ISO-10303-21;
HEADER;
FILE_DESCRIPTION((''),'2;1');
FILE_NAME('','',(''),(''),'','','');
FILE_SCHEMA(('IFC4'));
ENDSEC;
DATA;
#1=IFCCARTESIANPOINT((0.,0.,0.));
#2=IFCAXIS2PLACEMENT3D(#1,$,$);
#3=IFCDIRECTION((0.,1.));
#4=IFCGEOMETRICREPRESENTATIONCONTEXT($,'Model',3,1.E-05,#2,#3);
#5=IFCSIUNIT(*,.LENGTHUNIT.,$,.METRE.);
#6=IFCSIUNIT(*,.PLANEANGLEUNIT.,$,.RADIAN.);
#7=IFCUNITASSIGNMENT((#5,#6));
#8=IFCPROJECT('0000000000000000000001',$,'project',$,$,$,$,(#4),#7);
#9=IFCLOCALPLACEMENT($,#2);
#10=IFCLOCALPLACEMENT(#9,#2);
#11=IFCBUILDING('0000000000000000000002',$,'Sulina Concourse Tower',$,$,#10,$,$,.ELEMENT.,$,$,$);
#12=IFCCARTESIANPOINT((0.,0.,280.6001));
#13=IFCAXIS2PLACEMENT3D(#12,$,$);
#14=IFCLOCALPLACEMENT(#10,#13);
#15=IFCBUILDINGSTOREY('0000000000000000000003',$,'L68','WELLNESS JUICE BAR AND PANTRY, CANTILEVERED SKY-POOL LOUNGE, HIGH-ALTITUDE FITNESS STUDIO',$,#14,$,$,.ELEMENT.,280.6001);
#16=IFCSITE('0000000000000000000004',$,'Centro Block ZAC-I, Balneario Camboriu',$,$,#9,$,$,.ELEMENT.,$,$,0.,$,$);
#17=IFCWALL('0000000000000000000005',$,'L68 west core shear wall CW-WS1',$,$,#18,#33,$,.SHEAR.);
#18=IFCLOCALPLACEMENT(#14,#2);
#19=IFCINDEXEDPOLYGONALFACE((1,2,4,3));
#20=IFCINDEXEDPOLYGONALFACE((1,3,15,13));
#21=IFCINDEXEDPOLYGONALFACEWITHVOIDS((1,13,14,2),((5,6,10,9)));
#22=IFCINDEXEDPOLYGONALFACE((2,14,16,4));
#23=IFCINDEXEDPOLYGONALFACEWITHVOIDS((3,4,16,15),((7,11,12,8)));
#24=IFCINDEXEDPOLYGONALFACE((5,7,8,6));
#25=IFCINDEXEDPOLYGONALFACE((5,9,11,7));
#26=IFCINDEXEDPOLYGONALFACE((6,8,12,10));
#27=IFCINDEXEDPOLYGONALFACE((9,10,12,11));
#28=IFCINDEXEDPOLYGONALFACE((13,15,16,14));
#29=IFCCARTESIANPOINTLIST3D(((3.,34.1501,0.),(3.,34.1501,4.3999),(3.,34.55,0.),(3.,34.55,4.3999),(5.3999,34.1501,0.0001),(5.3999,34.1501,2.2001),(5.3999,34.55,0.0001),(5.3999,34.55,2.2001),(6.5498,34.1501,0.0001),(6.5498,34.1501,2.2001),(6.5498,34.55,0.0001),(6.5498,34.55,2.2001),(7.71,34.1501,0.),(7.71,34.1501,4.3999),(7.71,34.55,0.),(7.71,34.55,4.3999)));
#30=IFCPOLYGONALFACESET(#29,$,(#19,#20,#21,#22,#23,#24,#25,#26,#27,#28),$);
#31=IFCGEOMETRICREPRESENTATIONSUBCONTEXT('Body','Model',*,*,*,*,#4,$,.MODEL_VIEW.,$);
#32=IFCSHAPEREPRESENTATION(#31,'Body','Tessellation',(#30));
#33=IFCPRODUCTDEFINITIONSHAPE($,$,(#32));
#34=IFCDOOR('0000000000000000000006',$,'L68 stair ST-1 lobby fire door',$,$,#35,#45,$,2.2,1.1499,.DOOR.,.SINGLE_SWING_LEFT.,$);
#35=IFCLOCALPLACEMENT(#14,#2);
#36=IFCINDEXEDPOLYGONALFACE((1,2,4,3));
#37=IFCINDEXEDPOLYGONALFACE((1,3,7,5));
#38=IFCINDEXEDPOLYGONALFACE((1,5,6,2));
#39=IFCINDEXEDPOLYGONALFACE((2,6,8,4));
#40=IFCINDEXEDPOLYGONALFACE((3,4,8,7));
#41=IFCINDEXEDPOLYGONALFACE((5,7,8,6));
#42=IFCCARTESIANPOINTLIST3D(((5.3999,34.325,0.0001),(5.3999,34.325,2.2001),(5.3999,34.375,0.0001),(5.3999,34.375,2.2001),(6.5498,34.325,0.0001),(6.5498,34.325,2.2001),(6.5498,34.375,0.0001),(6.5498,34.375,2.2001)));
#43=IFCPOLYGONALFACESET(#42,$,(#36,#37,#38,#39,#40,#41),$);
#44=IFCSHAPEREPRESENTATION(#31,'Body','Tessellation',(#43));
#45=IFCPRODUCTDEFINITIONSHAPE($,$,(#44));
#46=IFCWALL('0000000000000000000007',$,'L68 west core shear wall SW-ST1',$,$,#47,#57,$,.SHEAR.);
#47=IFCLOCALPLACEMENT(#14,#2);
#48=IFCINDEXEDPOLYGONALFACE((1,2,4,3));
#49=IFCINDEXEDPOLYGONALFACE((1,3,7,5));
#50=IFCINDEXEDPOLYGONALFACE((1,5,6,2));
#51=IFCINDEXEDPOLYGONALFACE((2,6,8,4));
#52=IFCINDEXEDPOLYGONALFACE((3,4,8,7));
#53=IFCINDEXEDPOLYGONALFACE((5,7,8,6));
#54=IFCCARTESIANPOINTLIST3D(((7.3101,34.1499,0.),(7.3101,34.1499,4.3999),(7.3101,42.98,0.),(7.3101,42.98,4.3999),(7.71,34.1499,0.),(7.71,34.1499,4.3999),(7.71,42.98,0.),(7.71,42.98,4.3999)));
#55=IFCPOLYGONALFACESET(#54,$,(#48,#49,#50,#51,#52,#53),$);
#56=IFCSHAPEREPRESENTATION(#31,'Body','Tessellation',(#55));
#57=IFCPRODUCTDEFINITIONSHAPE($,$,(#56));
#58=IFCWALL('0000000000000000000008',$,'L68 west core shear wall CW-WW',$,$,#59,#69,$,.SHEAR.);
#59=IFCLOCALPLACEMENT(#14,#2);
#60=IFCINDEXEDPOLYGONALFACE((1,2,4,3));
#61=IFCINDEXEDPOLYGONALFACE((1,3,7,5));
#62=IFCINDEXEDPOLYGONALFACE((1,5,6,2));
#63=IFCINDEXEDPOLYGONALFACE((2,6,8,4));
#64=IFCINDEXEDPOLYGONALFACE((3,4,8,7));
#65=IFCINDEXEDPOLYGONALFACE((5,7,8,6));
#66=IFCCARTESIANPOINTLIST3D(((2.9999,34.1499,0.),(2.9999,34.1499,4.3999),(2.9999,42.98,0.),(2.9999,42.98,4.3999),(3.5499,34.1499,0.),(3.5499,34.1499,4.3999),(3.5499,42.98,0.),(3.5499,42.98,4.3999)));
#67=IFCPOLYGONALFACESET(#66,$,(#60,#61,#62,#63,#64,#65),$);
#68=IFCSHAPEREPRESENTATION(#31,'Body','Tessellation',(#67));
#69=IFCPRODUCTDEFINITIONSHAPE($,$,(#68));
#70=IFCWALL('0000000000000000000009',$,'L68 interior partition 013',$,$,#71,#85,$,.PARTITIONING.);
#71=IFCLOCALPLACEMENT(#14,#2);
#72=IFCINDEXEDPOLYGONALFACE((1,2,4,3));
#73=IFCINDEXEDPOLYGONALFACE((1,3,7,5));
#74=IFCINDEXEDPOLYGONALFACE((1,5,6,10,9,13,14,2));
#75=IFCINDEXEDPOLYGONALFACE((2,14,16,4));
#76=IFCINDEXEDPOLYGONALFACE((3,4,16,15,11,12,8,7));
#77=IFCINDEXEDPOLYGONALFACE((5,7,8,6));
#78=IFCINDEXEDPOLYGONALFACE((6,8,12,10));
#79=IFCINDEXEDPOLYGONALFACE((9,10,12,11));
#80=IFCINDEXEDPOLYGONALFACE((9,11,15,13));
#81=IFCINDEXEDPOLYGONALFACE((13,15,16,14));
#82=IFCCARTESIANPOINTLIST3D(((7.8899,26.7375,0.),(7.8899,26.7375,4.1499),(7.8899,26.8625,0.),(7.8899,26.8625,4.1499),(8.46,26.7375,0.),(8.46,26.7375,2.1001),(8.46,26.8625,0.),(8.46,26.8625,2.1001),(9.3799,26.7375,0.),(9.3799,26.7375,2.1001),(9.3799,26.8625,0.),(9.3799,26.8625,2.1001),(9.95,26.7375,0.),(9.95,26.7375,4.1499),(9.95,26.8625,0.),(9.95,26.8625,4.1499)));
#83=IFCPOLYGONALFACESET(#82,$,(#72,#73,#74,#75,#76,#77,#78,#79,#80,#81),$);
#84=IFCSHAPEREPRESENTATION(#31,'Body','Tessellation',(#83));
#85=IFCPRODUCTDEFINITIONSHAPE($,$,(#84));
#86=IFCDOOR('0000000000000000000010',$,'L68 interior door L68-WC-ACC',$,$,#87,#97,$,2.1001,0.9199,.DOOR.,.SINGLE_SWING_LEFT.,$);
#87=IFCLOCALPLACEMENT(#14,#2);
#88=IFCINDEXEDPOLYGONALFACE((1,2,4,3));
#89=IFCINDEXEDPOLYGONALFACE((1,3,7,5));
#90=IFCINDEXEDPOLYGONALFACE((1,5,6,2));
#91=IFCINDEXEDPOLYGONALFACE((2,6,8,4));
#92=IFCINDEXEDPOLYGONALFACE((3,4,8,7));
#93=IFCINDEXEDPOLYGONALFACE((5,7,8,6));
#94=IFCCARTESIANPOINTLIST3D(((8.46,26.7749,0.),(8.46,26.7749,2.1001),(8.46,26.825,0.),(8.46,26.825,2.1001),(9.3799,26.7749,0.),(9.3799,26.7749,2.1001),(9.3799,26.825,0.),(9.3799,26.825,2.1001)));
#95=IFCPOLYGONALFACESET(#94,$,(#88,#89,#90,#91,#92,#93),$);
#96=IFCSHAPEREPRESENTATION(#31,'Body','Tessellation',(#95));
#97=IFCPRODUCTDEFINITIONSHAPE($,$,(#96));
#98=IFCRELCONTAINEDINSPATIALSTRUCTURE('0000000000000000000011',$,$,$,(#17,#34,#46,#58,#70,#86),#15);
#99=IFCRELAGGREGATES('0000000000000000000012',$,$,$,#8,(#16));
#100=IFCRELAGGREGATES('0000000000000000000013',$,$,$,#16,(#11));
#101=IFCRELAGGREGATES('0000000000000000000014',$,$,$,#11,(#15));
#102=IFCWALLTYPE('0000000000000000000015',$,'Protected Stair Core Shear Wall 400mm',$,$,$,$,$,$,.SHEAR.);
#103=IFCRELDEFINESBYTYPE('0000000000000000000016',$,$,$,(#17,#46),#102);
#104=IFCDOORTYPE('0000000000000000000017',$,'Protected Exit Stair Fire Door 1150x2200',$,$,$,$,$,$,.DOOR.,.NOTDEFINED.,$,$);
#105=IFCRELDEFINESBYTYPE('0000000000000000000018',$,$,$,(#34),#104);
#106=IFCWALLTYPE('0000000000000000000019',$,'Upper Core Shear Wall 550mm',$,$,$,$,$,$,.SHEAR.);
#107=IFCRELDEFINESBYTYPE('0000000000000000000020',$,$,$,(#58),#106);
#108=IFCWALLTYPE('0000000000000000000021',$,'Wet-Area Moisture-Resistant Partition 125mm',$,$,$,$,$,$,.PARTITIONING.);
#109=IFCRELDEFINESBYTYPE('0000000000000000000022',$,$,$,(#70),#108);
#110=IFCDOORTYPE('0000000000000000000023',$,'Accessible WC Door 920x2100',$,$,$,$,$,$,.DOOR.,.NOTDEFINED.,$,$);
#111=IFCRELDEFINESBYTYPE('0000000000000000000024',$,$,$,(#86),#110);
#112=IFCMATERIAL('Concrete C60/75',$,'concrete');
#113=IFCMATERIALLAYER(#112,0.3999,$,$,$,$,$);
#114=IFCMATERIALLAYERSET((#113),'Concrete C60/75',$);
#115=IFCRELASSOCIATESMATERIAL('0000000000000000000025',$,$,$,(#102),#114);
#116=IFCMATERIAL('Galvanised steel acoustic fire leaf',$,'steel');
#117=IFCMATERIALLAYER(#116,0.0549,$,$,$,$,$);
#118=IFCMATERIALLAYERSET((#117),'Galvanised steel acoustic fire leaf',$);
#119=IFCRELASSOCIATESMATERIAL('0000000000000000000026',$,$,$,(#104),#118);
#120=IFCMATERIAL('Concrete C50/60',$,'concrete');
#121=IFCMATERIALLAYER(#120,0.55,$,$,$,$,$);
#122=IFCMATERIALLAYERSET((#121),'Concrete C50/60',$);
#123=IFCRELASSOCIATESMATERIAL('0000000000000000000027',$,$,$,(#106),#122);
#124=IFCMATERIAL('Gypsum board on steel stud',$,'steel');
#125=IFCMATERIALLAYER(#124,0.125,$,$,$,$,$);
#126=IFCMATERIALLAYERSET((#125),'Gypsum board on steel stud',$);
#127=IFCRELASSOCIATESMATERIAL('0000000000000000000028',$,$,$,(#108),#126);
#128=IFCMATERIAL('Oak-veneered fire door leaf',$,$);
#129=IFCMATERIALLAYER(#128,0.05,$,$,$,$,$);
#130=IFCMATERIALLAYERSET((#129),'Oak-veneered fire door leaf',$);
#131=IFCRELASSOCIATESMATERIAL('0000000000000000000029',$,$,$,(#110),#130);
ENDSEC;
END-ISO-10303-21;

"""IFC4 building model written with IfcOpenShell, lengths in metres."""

from ifc_helpers import new_model, si_unit, direction, frame, frame_2d, origin, place, context, subcontext, project, spatial, rectangle, extrude, material, layer, layer_set, type_object, element, fill, save


model = new_model("IFC4")

# Units and contexts
model_context = context("Model", 3, precision=1e-05, world=origin(), true_north=direction((0.0, 1.0)))
body_context = subcontext(model_context, "Body", "Model", "MODEL_VIEW")
ifc_project = project(units=[si_unit("LENGTHUNIT", "METRE"), si_unit("PLANEANGLEUNIT", "RADIAN")], contexts=[model_context])

# Site, building, storey
site_placement = place(None, origin())
site = spatial("IfcSite", under=ifc_project, at=site_placement, Name="Centro Block ZAC-I, Balneario Camboriu", CompositionType="ELEMENT", RefElevation=0.0)
building_placement = place(site_placement, origin())
building = spatial("IfcBuilding", under=site, at=building_placement, Name="Sulina Concourse Tower", CompositionType="ELEMENT")
storey_placement = place(building_placement, frame((0.0, 0.0, 280.6001)))
storey = spatial("IfcBuildingStorey", under=building, at=storey_placement, Name="L68", Description="WELLNESS JUICE BAR AND PANTRY, CANTILEVERED SKY-POOL LOUNGE, HIGH-ALTITUDE FITNESS STUDIO", CompositionType="ELEMENT", Elevation=280.6001)

# Wall, opening, door
ifc_material_1 = material(Name="Concrete C60/75", Category="concrete")
ifc_layer_1 = layer(ifc_material_1, 0.3999)
ifc_layer_set_1 = layer_set([ifc_layer_1], Name="Concrete C60/75")
wall_type_1 = type_object("IfcWallType", Name="Protected Stair Core Shear Wall 400mm", PredefinedType="SHEAR", material=ifc_layer_set_1)
wall_1_placement = place(storey_placement, frame((3.0, 34.3501, 0.0), z_axis=(0.0, 0.0, 1.0), x_axis=(1.0, 0.0, 0.0)))
wall_1 = element("IfcWall", 1, at=wall_1_placement, inside=storey, type_object=wall_type_1, Name="L68 west core shear wall CW-WS1", PredefinedType="SHEAR", context=body_context, shape_type="SweptSolid", body=[
    extrude(rectangle(XDim=4.71, YDim=0.3999, at=frame_2d((2.355, 0.0))), origin(), (0.0, 0.0, 1.0), 4.3999),
])
opening_1_placement = place(wall_1_placement, frame((2.3999, 0.0, 0.0)))
opening_1 = element("IfcOpeningElement", 2, at=opening_1_placement, cuts=wall_1, PredefinedType="OPENING", context=body_context, shape_type="SweptSolid", body=[
    extrude(rectangle(XDim=1.1499, YDim=2.2, at=frame_2d((0.575, 1.1001))), frame((0.0, 0.21, 0.0), z_axis=(0.0, -1.0, 0.0), x_axis=(1.0, 0.0, 0.0)), (0.0, 0.0, 1.0), 0.4199),
])
ifc_material_2 = material(Name="Galvanised steel acoustic fire leaf", Category="steel")
ifc_layer_2 = layer(ifc_material_2, 0.0549)
ifc_layer_set_2 = layer_set([ifc_layer_2], Name="Galvanised steel acoustic fire leaf")
door_type_1 = type_object("IfcDoorType", Name="Protected Exit Stair Fire Door 1150x2200", OperationType="NOTDEFINED", PredefinedType="DOOR", material=ifc_layer_set_2)
door_1_placement = place(opening_1_placement, origin())
door_1 = element("IfcDoor", 3, at=door_1_placement, inside=storey, type_object=door_type_1, Name="L68 stair ST-1 lobby fire door", OperationType="SINGLE_SWING_LEFT", OverallHeight=2.2, OverallWidth=1.1499, PredefinedType="DOOR", context=body_context, shape_type="SweptSolid", body=[
    extrude(rectangle(XDim=1.1499, YDim=2.2, at=frame_2d((0.575, 1.1001))), frame((0.0, 0.0249, 0.0), z_axis=(0.0, -1.0, 0.0), x_axis=(1.0, 0.0, 0.0)), (0.0, 0.0, 1.0), 0.05),
])
fill(opening_1, door_1)

# Walls
wall_2_placement = place(storey_placement, frame((7.51, 34.1499, 0.0), z_axis=(0.0, 0.0, 1.0), x_axis=(0.0, 1.0, 0.0)))
element("IfcWall", 4, at=wall_2_placement, inside=storey, type_object=wall_type_1, Name="L68 west core shear wall SW-ST1", PredefinedType="SHEAR", context=body_context, shape_type="SweptSolid", body=[
    extrude(rectangle(XDim=8.8301, YDim=0.3999, at=frame_2d((4.415, 0.0))), origin(), (0.0, 0.0, 1.0), 4.3999),
])
ifc_material_3 = material(Name="Concrete C50/60", Category="concrete")
ifc_layer_3 = layer(ifc_material_3, 0.55)
ifc_layer_set_3 = layer_set([ifc_layer_3], Name="Concrete C50/60")
wall_type_2 = type_object("IfcWallType", Name="Upper Core Shear Wall 550mm", PredefinedType="SHEAR", material=ifc_layer_set_3)
wall_3_placement = place(storey_placement, frame((3.2749, 34.1499, 0.0), z_axis=(0.0, 0.0, 1.0), x_axis=(0.0, 1.0, 0.0)))
element("IfcWall", 5, at=wall_3_placement, inside=storey, type_object=wall_type_2, Name="L68 west core shear wall CW-WW", PredefinedType="SHEAR", context=body_context, shape_type="SweptSolid", body=[
    extrude(rectangle(XDim=8.8301, YDim=0.55, at=frame_2d((4.415, 0.0))), origin(), (0.0, 0.0, 1.0), 4.3999),
])

# Wall, opening, door
ifc_material_4 = material(Name="Gypsum board on steel stud", Category="steel")
ifc_layer_4 = layer(ifc_material_4, 0.125)
ifc_layer_set_4 = layer_set([ifc_layer_4], Name="Gypsum board on steel stud")
wall_type_3 = type_object("IfcWallType", Name="Wet-Area Moisture-Resistant Partition 125mm", PredefinedType="PARTITIONING", material=ifc_layer_set_4)
wall_4_placement = place(storey_placement, frame((7.8899, 26.8, 0.0), z_axis=(0.0, 0.0, 1.0), x_axis=(1.0, 0.0, 0.0)))
wall_4 = element("IfcWall", 6, at=wall_4_placement, inside=storey, type_object=wall_type_3, Name="L68 interior partition 013", PredefinedType="PARTITIONING", context=body_context, shape_type="SweptSolid", body=[
    extrude(rectangle(XDim=2.0601, YDim=0.125, at=frame_2d((1.03, 0.0))), origin(), (0.0, 0.0, 1.0), 4.1499),
])
opening_2_placement = place(wall_4_placement, frame((0.5701, 0.0, 0.0)))
opening_2 = element("IfcOpeningElement", 7, at=opening_2_placement, cuts=wall_4, PredefinedType="OPENING", context=body_context, shape_type="SweptSolid", body=[
    extrude(rectangle(XDim=0.9199, YDim=2.1001, at=frame_2d((0.46, 1.05))), frame((0.0, 0.0725, 0.0), z_axis=(0.0, -1.0, 0.0), x_axis=(1.0, 0.0, 0.0)), (0.0, 0.0, 1.0), 0.145),
])
ifc_material_5 = material(Name="Oak-veneered fire door leaf")
ifc_layer_5 = layer(ifc_material_5, 0.05)
ifc_layer_set_5 = layer_set([ifc_layer_5], Name="Oak-veneered fire door leaf")
door_type_2 = type_object("IfcDoorType", Name="Accessible WC Door 920x2100", OperationType="NOTDEFINED", PredefinedType="DOOR", material=ifc_layer_set_5)
door_2_placement = place(opening_2_placement, origin())
door_2 = element("IfcDoor", 8, at=door_2_placement, inside=storey, type_object=door_type_2, Name="L68 interior door L68-WC-ACC", OperationType="SINGLE_SWING_LEFT", OverallHeight=2.1001, OverallWidth=0.9199, PredefinedType="DOOR", context=body_context, shape_type="SweptSolid", body=[
    extrude(rectangle(XDim=0.9199, YDim=2.1001, at=frame_2d((0.46, 1.05))), frame((0.0, 0.0249, 0.0), z_axis=(0.0, -1.0, 0.0), x_axis=(1.0, 0.0, 0.0)), (0.0, 0.0, 1.0), 0.05),
])
fill(opening_2, door_2)

save(model, "model.ifc")
